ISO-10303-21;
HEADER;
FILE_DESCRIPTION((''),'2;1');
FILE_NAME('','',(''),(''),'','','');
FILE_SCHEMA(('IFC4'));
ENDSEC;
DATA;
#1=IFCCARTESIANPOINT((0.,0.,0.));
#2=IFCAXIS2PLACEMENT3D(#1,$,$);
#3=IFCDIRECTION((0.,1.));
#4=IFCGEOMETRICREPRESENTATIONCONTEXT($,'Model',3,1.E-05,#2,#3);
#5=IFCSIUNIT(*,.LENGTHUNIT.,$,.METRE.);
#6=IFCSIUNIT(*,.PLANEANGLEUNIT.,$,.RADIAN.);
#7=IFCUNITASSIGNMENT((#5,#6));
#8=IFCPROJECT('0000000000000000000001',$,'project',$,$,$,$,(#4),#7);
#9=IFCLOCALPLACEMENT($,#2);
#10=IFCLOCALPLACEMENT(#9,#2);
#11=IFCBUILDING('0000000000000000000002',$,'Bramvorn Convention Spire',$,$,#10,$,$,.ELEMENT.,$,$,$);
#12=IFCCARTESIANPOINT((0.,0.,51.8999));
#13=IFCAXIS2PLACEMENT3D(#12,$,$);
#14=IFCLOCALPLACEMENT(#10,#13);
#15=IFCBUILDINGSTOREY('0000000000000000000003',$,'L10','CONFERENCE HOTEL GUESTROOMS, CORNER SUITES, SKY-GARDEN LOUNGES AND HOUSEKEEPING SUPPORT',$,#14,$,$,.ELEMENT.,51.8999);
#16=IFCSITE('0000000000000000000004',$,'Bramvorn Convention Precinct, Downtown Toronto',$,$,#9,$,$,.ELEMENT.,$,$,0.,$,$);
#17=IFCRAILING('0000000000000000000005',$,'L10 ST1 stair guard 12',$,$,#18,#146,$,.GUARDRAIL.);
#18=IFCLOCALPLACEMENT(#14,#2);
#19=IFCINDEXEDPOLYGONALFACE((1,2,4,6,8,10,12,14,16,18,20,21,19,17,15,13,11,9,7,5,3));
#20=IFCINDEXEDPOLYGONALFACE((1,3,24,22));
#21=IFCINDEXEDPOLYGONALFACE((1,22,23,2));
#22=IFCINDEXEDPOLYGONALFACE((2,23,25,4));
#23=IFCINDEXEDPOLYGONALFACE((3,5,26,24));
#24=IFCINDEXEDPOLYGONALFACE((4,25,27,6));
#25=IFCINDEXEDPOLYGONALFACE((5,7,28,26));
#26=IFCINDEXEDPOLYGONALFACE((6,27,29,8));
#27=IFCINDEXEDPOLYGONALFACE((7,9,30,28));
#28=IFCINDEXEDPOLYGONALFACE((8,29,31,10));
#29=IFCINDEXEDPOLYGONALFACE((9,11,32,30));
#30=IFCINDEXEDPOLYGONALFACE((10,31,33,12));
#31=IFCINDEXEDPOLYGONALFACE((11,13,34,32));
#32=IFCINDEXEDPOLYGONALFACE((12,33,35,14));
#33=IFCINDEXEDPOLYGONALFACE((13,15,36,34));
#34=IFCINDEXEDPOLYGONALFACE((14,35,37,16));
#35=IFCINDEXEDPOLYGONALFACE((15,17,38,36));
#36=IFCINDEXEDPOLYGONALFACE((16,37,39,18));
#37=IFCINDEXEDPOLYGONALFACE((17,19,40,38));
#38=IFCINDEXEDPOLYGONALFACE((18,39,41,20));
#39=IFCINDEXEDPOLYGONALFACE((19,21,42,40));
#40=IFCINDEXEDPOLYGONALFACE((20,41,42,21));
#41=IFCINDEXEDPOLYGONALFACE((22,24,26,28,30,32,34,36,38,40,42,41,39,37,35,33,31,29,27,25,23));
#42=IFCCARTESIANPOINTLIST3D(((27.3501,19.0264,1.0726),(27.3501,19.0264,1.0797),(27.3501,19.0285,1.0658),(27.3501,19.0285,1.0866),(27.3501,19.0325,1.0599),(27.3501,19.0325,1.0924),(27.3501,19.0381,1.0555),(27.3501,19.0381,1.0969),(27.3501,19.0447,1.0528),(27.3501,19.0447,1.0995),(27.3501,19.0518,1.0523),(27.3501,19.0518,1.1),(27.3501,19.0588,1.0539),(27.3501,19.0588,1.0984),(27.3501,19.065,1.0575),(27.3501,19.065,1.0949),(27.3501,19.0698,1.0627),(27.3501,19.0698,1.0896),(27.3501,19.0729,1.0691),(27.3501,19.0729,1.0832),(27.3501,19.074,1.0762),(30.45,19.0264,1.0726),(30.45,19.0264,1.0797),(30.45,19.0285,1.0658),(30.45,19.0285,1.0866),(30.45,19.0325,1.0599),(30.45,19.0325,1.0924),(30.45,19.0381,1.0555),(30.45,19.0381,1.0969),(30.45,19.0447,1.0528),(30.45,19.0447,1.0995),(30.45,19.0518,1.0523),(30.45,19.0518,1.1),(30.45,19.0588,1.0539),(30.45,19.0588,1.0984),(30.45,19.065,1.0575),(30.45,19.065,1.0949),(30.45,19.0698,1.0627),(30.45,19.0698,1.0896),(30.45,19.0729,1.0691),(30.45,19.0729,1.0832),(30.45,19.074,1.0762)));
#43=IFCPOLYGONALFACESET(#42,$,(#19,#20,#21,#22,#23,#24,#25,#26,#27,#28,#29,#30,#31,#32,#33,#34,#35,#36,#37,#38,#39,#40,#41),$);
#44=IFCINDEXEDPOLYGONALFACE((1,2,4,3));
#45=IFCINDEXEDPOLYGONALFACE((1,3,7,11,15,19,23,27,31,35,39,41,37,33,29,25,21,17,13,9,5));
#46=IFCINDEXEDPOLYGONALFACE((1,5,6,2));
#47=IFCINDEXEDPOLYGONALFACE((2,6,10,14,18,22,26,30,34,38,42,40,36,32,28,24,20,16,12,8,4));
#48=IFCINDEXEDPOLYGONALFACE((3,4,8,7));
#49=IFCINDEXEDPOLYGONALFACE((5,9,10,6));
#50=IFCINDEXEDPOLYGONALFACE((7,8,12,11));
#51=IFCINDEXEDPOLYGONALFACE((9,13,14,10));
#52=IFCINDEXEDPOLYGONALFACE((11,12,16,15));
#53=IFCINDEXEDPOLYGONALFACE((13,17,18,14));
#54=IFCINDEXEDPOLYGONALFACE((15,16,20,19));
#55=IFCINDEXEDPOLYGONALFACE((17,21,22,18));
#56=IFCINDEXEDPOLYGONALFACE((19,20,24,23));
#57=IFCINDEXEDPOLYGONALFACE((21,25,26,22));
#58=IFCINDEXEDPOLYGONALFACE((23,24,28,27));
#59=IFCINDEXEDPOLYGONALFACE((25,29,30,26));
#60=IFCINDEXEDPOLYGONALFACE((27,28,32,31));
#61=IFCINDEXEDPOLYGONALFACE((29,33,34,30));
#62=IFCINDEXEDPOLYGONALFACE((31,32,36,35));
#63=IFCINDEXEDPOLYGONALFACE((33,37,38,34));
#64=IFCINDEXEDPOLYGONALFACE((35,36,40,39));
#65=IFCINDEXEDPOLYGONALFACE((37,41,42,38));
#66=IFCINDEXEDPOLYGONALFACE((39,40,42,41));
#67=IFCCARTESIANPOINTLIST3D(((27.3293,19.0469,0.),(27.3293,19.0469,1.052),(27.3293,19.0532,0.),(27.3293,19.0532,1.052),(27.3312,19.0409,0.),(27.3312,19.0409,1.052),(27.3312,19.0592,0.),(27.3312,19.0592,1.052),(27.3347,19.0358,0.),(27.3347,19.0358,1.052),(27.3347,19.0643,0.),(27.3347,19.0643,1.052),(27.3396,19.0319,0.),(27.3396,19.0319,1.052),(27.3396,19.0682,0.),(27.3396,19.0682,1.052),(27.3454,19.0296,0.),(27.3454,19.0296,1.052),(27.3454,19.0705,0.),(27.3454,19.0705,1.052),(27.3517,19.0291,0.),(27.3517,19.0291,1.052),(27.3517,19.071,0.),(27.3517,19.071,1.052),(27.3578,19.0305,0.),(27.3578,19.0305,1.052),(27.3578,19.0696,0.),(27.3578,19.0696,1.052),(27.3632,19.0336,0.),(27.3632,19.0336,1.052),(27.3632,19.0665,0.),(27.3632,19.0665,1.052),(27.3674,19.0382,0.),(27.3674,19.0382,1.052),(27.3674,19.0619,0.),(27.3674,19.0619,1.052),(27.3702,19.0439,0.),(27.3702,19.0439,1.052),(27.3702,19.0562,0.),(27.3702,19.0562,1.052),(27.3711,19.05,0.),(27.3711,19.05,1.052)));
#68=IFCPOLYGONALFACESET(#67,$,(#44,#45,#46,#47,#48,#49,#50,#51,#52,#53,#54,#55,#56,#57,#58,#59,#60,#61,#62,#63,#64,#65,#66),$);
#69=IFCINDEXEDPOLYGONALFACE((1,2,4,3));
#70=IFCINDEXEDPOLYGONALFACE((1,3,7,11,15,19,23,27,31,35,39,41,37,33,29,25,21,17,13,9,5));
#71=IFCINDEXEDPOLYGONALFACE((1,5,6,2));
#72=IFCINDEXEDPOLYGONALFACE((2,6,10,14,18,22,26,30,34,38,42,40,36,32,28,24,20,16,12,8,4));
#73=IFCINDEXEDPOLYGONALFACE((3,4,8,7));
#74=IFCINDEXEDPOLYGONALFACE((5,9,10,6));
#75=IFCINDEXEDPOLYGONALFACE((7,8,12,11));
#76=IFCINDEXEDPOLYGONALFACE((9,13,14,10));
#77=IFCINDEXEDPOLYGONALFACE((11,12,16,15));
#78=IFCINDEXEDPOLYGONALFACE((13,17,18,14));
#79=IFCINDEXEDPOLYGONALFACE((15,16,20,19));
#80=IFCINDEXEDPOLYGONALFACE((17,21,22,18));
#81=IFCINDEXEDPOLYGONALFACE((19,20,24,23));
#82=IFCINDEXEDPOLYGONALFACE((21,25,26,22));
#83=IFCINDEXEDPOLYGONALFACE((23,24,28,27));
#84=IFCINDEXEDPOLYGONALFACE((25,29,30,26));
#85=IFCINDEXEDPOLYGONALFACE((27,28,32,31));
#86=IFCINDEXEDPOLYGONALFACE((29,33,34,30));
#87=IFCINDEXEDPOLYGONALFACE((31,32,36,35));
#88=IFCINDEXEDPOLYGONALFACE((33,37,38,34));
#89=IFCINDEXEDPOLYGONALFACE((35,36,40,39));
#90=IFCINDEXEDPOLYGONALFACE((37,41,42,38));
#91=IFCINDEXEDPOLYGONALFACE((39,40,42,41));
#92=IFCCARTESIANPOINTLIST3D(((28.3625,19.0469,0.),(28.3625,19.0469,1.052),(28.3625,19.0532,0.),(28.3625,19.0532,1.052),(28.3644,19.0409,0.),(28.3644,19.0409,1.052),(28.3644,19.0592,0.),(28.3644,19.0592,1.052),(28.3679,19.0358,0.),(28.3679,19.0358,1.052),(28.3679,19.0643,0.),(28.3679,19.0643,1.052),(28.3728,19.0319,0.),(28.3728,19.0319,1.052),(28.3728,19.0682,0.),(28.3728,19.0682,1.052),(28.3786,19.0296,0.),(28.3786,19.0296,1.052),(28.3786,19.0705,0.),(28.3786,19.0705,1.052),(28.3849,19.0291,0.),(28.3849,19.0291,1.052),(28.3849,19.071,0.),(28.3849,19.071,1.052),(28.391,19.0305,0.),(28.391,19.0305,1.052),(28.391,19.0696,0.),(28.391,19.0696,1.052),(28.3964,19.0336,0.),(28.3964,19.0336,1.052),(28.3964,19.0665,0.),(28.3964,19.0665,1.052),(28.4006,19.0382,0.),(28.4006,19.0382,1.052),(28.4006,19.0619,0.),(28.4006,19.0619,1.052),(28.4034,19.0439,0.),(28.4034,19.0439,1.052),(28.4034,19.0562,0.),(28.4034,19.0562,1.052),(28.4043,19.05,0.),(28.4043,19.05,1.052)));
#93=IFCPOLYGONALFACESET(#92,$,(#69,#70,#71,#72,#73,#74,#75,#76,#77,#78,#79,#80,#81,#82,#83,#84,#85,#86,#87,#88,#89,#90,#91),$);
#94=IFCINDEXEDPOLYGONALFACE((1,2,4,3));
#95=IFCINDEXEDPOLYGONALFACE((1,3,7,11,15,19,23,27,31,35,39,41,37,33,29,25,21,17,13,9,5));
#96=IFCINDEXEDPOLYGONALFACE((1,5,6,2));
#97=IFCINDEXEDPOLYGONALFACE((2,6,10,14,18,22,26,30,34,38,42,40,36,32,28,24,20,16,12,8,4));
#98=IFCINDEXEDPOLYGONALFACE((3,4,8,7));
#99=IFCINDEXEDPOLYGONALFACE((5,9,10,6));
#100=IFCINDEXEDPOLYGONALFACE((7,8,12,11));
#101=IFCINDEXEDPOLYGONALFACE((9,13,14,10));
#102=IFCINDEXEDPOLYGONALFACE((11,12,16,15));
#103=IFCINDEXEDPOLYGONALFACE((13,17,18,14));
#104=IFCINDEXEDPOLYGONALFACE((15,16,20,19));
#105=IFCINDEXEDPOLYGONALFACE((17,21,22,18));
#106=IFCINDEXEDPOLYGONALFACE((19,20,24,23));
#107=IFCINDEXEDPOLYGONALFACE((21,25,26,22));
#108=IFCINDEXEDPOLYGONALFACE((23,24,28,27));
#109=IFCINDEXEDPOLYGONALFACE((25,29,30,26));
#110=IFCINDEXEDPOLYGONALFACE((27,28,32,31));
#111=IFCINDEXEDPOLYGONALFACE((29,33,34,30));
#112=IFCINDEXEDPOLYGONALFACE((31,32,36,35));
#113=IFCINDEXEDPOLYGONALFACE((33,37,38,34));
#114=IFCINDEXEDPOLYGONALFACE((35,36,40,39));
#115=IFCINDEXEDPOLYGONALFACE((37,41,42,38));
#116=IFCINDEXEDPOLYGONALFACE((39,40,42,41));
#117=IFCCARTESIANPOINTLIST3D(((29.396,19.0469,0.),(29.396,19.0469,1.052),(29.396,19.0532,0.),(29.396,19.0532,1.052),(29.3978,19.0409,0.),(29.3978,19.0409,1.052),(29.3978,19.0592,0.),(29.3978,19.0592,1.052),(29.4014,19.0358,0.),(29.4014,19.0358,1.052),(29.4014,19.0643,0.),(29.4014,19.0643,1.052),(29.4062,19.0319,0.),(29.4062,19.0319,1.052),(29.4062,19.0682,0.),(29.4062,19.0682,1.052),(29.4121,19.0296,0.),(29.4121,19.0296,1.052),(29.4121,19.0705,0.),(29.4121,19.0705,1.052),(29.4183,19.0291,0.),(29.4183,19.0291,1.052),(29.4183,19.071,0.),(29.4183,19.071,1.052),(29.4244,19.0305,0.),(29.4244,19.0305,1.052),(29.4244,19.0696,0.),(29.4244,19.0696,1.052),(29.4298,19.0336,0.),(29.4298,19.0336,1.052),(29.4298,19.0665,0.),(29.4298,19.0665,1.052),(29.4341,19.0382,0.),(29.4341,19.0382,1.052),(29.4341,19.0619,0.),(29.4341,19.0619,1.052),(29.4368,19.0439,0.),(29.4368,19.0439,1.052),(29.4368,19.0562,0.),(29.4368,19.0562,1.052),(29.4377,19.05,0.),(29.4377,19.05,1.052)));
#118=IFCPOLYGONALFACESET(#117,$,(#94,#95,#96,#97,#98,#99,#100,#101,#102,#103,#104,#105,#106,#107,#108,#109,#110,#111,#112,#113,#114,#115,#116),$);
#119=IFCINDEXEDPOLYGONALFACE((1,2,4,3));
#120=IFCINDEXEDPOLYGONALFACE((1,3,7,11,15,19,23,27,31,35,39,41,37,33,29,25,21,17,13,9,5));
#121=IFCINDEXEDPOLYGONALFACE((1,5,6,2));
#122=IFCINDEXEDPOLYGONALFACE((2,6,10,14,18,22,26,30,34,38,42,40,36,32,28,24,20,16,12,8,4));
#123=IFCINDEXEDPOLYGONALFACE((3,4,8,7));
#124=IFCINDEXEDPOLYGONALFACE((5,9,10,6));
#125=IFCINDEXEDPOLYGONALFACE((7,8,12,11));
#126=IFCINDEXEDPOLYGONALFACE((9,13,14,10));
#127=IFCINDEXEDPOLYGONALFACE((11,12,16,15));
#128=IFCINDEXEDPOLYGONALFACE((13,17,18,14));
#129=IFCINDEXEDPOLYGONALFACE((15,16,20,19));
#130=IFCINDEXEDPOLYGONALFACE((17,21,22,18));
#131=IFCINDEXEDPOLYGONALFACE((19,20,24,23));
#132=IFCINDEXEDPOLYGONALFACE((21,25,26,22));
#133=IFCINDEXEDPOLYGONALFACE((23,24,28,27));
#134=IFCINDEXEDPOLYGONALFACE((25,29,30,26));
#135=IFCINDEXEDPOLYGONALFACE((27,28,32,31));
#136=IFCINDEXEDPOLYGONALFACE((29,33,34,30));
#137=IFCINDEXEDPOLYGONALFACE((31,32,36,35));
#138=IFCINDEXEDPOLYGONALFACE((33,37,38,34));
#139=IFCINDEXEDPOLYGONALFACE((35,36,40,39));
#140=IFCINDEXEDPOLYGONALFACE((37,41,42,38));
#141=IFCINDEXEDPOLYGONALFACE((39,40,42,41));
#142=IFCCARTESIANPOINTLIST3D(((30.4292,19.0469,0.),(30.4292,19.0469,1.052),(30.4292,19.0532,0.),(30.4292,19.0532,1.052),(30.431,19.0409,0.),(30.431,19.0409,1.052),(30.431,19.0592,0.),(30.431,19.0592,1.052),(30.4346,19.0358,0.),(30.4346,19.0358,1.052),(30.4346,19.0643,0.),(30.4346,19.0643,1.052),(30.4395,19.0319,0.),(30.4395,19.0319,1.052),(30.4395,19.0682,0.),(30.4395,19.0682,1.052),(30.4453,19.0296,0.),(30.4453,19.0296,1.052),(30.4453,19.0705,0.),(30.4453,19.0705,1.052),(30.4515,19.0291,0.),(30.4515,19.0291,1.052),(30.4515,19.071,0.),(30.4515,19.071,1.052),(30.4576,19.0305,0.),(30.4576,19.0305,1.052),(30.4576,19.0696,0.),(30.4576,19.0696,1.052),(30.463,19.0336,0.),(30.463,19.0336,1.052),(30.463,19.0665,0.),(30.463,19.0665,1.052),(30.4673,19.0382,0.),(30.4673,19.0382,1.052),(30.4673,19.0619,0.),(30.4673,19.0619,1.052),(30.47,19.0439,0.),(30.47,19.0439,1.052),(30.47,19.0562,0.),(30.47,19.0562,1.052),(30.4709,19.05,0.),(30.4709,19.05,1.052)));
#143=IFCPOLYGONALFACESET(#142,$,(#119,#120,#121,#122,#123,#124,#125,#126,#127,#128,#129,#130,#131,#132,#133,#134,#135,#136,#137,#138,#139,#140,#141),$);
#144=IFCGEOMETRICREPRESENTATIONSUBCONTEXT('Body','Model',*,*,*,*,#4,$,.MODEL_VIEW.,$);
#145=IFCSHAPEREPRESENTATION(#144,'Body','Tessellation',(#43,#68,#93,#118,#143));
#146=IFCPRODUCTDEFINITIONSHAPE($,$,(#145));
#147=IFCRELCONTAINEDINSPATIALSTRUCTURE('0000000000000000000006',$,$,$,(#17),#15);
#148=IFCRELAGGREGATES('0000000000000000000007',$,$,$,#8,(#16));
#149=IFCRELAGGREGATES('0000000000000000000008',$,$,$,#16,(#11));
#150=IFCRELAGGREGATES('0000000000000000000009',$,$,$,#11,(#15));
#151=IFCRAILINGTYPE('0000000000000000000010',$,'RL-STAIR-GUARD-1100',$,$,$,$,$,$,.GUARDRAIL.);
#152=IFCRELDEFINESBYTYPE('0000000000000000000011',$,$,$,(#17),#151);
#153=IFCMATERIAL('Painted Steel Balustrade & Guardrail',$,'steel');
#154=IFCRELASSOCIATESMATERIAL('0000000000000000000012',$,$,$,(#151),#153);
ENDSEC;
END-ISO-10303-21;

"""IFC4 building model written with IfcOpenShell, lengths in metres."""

from ifc_helpers import new_model, si_unit, direction, frame, origin, origin_2d, place, context, subcontext, project, spatial, circle, extrude, material, type_object, element, save


model = new_model("IFC4")

# Units and contexts
model_context = context("Model", 3, precision=1e-05, world=origin(), true_north=direction((0.0, 1.0)))
body_context = subcontext(model_context, "Body", "Model", "MODEL_VIEW")
ifc_project = project(units=[si_unit("LENGTHUNIT", "METRE"), si_unit("PLANEANGLEUNIT", "RADIAN")], contexts=[model_context])

# Site, building, storey
site_placement = place(None, origin())
site = spatial("IfcSite", under=ifc_project, at=site_placement, Name="Bramvorn Convention Precinct, Downtown Toronto", CompositionType="ELEMENT", RefElevation=0.0)
building_placement = place(site_placement, origin())
building = spatial("IfcBuilding", under=site, at=building_placement, Name="Bramvorn Convention Spire", CompositionType="ELEMENT")
storey_placement = place(building_placement, frame((0.0, 0.0, 51.8999)))
storey = spatial("IfcBuildingStorey", under=building, at=storey_placement, Name="L10", Description="CONFERENCE HOTEL GUESTROOMS, CORNER SUITES, SKY-GARDEN LOUNGES AND HOUSEKEEPING SUPPORT", CompositionType="ELEMENT", Elevation=51.8999)

# Railing
ifc_material_1 = material(Name="Painted Steel Balustrade & Guardrail", Category="steel")
railing_type = type_object("IfcRailingType", Name="RL-STAIR-GUARD-1100", PredefinedType="GUARDRAIL", material=ifc_material_1)
railing_1_placement = place(storey_placement, frame((27.3501, 19.05, 0.0)))
element("IfcRailing", 1, at=railing_1_placement, inside=storey, type_object=railing_type, Name="L10 ST1 stair guard 12", PredefinedType="GUARDRAIL", context=body_context, shape_type="SweptSolid", body=[
    extrude(circle(Radius=0.0239, at=origin_2d()), frame((0.0, 0.0, 1.0762), z_axis=(1.0, 0.0, 0.0), x_axis=(0.0, 1.0, 0.0)), (0.0, 0.0, 1.0), 3.0999),
    extrude(circle(Radius=0.021, at=origin_2d()), origin(), (0.0, 0.0, 1.0), 1.052),
    extrude(circle(Radius=0.021, at=origin_2d()), frame((1.0332, 0.0, 0.0)), (0.0, 0.0, 1.0), 1.052),
    extrude(circle(Radius=0.021, at=origin_2d()), frame((2.0667, 0.0, 0.0)), (0.0, 0.0, 1.0), 1.052),
    extrude(circle(Radius=0.021, at=origin_2d()), frame((3.0999, 0.0, 0.0)), (0.0, 0.0, 1.0), 1.052),
])

save(model, "model.ifc")
